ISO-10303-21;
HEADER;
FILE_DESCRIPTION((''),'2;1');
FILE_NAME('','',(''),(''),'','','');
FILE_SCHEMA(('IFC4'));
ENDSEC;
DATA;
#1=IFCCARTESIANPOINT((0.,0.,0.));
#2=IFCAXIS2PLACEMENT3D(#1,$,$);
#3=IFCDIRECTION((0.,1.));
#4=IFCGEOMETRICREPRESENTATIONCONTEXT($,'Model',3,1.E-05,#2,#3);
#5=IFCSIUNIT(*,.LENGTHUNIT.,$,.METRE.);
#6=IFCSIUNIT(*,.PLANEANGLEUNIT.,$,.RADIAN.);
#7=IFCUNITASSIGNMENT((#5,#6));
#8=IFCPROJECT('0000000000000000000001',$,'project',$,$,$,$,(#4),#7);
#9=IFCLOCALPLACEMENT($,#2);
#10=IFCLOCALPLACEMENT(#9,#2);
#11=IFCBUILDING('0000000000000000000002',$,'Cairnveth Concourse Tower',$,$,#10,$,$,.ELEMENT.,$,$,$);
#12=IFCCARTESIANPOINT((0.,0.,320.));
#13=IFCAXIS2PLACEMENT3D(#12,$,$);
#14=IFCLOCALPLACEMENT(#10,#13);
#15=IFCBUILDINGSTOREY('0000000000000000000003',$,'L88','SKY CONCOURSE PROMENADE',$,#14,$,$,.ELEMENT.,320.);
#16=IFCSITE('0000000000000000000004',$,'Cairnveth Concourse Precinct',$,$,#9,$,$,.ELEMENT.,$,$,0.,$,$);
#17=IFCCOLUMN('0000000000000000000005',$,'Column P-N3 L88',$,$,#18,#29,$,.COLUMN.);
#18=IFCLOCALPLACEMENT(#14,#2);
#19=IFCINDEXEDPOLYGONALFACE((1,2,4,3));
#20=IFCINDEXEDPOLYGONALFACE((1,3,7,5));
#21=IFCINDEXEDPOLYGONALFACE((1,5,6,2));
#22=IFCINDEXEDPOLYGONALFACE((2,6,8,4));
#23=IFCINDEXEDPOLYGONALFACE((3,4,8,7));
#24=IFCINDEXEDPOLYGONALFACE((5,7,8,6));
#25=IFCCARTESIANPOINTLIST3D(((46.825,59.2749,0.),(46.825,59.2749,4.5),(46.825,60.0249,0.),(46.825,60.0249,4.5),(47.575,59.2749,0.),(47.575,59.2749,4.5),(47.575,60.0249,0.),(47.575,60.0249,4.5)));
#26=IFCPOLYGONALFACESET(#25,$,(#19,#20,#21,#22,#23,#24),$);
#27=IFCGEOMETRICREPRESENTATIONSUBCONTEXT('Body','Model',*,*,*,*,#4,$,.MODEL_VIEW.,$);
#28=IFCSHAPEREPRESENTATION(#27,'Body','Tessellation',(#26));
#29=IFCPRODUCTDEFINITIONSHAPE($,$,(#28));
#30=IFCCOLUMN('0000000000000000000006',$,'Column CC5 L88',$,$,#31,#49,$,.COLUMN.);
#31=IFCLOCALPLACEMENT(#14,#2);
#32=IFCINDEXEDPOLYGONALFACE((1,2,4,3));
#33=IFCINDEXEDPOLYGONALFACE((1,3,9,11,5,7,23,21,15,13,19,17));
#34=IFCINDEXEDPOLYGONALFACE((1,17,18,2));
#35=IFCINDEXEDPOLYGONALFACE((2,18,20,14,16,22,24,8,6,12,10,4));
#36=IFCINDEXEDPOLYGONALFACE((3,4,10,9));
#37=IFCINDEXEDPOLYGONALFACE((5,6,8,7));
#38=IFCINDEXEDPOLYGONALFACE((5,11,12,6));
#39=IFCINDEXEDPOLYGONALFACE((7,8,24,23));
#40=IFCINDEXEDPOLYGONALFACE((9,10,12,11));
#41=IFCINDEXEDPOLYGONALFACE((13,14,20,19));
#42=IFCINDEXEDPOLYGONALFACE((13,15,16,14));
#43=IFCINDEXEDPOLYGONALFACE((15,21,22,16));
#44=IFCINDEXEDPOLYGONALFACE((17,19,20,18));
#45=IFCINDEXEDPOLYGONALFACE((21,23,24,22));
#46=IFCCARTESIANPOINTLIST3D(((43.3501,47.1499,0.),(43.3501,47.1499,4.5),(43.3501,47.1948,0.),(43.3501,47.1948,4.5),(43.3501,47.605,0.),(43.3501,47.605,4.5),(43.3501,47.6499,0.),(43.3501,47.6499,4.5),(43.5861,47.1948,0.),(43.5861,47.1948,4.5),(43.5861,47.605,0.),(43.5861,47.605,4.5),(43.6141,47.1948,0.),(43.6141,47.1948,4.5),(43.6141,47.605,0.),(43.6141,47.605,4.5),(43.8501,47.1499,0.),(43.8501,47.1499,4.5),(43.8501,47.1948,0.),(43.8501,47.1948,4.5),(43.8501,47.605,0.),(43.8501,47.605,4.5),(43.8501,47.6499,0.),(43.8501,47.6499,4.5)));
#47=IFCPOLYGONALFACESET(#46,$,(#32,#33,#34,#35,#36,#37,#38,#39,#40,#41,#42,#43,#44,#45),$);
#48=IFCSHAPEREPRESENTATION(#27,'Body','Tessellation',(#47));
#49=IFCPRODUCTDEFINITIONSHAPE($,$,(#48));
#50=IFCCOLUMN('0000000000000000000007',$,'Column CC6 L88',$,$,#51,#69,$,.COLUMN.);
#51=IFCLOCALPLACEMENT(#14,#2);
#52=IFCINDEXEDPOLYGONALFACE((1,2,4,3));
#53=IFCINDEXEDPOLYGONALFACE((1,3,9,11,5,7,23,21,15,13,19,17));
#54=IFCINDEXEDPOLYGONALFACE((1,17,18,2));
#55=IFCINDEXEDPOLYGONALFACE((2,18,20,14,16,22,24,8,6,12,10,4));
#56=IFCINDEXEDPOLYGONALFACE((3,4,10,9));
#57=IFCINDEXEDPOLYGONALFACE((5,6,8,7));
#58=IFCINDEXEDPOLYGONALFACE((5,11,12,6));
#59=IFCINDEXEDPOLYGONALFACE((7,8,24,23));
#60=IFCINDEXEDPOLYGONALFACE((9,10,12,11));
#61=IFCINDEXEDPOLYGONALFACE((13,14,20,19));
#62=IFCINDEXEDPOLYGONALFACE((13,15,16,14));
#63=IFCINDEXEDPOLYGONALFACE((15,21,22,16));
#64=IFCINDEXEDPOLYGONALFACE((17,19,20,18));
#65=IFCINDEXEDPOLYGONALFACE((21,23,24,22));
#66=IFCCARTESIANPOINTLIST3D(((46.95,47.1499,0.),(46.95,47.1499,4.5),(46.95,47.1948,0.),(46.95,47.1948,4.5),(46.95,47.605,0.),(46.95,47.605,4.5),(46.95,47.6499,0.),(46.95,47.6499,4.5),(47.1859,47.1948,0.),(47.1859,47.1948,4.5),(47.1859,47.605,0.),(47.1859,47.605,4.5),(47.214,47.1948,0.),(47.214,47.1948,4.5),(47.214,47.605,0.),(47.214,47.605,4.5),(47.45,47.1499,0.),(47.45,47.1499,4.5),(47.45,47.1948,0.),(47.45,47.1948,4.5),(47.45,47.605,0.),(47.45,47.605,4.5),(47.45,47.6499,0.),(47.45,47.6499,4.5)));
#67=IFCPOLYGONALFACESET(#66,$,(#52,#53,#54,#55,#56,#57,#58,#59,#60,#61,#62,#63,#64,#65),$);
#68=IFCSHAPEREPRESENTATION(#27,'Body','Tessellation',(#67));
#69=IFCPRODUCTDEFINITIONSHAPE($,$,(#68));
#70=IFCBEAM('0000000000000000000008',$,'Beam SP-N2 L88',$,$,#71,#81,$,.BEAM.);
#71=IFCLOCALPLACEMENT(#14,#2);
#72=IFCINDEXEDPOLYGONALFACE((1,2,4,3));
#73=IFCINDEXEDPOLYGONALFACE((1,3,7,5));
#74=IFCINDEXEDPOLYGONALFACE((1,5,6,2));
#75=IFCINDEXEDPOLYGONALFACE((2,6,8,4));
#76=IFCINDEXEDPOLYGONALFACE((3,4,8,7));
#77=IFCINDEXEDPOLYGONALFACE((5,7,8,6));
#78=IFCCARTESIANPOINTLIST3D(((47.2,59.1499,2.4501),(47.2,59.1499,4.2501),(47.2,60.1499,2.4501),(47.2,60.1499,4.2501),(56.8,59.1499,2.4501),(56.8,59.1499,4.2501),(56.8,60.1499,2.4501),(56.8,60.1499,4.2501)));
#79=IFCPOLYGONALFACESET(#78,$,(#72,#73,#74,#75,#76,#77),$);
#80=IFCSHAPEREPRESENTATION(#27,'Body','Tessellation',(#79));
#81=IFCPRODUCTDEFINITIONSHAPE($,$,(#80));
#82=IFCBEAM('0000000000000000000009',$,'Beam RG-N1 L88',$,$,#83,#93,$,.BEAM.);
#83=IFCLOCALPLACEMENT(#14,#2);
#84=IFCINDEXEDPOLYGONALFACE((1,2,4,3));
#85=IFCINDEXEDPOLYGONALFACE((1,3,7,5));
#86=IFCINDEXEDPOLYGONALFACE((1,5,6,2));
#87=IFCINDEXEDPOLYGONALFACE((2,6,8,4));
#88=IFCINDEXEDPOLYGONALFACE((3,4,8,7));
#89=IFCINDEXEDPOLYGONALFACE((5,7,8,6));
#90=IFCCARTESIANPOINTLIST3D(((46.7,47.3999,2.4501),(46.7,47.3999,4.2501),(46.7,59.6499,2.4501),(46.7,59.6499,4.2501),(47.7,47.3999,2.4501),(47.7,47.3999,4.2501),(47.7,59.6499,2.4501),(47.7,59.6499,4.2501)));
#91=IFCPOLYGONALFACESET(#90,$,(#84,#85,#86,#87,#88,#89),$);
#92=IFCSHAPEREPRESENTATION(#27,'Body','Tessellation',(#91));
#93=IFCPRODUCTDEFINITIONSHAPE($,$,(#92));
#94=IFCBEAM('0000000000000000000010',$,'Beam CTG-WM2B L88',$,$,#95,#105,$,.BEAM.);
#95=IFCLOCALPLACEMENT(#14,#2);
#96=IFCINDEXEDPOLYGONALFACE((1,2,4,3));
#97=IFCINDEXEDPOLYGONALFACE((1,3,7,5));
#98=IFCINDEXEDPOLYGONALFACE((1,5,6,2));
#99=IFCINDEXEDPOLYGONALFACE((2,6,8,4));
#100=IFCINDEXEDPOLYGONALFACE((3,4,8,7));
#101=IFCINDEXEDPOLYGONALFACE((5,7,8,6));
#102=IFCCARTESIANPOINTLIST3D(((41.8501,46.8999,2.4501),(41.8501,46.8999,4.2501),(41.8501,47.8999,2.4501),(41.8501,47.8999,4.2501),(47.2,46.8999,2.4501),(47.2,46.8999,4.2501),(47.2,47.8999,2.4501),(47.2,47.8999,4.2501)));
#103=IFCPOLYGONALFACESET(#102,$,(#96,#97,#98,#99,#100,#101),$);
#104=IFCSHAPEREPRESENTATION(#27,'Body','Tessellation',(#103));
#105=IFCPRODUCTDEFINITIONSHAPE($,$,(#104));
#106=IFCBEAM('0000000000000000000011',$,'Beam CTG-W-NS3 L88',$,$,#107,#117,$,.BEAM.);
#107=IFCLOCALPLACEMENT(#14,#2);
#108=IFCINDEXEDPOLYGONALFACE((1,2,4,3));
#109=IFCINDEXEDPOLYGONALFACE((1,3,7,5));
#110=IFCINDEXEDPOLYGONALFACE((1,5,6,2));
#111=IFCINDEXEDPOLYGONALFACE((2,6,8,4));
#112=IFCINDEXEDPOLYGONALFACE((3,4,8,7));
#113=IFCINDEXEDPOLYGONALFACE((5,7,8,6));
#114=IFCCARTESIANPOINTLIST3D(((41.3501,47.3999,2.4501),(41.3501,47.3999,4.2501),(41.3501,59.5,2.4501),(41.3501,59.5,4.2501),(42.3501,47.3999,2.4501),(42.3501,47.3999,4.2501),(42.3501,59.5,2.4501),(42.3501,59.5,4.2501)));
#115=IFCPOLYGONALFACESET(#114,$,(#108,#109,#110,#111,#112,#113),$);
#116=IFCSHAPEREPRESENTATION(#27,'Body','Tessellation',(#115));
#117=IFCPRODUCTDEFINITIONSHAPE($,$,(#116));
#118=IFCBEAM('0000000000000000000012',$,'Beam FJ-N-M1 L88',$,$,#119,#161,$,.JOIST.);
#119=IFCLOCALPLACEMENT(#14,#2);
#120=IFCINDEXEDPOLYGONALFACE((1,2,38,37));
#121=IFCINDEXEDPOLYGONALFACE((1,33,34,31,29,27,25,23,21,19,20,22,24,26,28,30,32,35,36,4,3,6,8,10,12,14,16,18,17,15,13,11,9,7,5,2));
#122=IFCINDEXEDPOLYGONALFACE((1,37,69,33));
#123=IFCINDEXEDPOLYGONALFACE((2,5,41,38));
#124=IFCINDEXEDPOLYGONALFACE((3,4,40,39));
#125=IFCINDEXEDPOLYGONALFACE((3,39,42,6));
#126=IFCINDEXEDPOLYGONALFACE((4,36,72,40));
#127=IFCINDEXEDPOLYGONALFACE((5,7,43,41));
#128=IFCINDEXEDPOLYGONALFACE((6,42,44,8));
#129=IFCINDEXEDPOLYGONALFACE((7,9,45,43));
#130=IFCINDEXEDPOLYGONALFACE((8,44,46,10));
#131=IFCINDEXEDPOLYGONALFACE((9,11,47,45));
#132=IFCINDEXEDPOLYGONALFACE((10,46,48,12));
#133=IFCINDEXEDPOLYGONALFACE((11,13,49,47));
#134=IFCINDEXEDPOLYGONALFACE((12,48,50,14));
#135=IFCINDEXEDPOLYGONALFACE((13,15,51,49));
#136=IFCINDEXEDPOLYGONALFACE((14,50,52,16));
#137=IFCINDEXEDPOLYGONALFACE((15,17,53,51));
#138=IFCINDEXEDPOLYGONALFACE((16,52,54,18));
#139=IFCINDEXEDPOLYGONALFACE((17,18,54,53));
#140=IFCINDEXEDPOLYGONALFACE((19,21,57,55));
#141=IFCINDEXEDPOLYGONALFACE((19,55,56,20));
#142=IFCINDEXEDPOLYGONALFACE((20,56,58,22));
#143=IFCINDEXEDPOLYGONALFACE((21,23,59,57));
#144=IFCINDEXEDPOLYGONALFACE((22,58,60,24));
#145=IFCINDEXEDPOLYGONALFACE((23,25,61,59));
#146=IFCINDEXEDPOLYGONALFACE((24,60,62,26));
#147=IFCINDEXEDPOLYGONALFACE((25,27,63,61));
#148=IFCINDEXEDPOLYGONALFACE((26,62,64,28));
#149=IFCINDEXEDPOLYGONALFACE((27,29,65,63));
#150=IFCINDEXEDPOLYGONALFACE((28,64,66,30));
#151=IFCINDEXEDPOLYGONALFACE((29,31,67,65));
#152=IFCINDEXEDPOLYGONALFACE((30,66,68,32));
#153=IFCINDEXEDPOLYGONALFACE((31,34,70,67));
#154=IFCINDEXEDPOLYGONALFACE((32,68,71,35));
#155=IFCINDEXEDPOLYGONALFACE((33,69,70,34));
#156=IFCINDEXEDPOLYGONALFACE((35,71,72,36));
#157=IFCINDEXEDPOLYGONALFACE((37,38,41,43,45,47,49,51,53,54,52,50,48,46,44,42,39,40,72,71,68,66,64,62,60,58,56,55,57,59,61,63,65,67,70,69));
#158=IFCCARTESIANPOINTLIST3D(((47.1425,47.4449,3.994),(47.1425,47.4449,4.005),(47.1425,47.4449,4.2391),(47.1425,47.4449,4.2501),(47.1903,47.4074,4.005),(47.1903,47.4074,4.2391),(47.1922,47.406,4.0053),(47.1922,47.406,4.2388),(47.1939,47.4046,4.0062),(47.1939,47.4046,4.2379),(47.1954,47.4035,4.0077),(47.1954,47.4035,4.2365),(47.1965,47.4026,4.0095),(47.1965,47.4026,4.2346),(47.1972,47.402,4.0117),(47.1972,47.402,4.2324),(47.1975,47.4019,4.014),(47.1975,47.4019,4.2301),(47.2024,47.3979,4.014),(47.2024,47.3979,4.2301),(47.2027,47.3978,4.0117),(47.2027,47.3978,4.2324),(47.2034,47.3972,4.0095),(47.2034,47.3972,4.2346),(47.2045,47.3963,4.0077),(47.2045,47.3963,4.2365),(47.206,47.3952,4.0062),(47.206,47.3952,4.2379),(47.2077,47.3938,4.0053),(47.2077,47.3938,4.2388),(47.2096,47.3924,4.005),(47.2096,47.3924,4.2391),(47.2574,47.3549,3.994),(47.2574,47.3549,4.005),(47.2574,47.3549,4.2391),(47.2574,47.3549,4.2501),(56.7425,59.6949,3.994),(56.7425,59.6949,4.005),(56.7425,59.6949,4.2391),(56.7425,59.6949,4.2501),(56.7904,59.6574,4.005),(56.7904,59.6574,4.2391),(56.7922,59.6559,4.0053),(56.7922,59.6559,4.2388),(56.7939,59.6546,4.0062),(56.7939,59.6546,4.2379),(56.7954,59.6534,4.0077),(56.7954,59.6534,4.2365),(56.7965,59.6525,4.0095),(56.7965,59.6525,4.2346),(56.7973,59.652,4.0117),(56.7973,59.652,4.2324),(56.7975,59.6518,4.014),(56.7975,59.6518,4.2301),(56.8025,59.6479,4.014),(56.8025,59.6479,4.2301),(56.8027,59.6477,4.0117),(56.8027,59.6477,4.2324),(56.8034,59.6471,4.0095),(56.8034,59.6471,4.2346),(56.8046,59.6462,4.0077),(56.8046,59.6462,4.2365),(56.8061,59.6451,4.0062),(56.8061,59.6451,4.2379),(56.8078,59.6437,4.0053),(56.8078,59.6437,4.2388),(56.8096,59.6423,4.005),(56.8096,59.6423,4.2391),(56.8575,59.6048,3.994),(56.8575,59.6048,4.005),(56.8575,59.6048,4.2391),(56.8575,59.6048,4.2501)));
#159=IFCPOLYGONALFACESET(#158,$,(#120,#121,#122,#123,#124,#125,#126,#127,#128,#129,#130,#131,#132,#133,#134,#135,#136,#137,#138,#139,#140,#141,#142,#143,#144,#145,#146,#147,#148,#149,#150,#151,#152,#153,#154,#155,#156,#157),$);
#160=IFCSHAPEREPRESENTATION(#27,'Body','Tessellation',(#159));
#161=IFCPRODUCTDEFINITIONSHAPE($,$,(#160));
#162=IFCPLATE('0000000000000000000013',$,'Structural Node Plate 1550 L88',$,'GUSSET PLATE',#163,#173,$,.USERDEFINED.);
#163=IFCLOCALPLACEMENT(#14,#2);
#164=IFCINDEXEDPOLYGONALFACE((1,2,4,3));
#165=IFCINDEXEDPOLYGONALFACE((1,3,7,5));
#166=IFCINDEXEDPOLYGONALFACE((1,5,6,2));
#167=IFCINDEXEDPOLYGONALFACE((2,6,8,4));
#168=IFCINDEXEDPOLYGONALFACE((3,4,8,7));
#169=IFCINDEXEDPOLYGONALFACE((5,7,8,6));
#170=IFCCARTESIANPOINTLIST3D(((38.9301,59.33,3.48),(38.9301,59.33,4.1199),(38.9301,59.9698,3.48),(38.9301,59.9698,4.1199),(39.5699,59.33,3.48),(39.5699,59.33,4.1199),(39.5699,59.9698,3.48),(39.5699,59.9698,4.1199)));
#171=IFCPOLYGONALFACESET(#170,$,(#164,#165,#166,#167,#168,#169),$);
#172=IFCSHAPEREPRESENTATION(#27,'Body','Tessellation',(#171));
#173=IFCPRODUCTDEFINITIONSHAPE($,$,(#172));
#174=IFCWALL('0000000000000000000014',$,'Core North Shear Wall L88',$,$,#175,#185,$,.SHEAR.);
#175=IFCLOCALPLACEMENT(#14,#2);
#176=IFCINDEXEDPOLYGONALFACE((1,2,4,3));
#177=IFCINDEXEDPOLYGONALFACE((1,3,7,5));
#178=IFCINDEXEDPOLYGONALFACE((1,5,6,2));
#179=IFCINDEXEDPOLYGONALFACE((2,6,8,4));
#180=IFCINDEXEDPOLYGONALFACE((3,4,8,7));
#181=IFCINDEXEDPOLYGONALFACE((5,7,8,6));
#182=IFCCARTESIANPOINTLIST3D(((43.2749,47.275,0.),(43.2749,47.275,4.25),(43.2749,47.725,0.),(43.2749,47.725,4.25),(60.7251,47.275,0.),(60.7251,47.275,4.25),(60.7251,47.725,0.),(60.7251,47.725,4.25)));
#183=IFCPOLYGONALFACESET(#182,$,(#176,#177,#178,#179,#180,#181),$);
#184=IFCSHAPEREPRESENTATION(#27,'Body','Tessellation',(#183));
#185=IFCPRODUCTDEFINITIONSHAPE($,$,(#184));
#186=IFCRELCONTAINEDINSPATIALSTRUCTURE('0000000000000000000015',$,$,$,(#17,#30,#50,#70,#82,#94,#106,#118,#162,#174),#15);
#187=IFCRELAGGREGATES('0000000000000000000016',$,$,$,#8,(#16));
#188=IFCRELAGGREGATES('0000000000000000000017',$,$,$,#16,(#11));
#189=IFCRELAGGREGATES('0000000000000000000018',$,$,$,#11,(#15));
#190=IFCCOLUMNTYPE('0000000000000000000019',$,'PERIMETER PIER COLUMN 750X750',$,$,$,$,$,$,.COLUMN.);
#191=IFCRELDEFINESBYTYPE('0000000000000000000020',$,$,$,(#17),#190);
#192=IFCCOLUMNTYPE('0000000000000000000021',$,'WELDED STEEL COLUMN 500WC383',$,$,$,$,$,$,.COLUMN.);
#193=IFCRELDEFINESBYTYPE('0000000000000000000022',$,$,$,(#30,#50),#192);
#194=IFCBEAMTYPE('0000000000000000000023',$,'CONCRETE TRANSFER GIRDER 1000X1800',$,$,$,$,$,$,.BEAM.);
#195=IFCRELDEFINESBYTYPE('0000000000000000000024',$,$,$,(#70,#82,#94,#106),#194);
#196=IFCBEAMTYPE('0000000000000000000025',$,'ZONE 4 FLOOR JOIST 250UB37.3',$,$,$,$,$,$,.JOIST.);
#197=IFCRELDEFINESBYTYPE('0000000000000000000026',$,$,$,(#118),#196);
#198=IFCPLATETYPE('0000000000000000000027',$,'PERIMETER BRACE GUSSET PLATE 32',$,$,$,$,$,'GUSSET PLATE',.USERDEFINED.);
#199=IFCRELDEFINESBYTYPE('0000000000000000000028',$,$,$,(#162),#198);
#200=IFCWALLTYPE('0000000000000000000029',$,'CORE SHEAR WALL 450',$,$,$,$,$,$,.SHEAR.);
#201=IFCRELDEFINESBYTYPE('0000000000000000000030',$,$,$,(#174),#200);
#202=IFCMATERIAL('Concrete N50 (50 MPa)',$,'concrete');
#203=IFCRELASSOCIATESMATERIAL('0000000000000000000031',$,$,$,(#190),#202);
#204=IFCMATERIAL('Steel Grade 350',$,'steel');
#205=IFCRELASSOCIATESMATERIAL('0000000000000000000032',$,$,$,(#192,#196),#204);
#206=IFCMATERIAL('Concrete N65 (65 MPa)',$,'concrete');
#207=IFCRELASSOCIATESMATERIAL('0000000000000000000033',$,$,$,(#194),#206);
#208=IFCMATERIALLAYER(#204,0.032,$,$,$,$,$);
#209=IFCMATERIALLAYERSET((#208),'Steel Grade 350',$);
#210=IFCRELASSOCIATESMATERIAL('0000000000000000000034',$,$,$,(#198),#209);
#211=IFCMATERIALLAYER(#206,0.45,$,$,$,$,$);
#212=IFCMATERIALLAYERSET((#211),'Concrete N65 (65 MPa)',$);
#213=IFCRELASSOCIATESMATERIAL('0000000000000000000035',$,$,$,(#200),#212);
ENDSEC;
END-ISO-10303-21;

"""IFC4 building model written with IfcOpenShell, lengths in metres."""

from ifc_helpers import new_model, si_unit, direction, frame, frame_2d, origin, origin_2d, place, context, subcontext, project, spatial, rectangle, i_section, extrude, material, layer, layer_set, material_profile, profile_set, type_object, element, save


model = new_model("IFC4")

# Units and contexts
model_context = context("Model", 3, precision=1e-05, world=origin(), true_north=direction((0.0, 1.0)))
body_context = subcontext(model_context, "Body", "Model", "MODEL_VIEW")
ifc_project = project(units=[si_unit("LENGTHUNIT", "METRE"), si_unit("PLANEANGLEUNIT", "RADIAN")], contexts=[model_context])

# Site, building, storey
site_placement = place(None, origin())
site = spatial("IfcSite", under=ifc_project, at=site_placement, Name="Cairnveth Concourse Precinct", CompositionType="ELEMENT", RefElevation=0.0)
building_placement = place(site_placement, origin())
building = spatial("IfcBuilding", under=site, at=building_placement, Name="Cairnveth Concourse Tower", CompositionType="ELEMENT")
storey_placement = place(building_placement, frame((0.0, 0.0, 320.0)))
storey = spatial("IfcBuildingStorey", under=building, at=storey_placement, Name="L88", Description="SKY CONCOURSE PROMENADE", CompositionType="ELEMENT", Elevation=320.0)

# Columns
ifc_material_1 = material(Name="Concrete N50 (50 MPa)", Category="concrete")
ifc_material_profile_1 = material_profile(ifc_material_1, rectangle(XDim=0.75, YDim=0.75, at=origin_2d()), Name="RC-COL-750x750")
ifc_profile_set_1 = profile_set([ifc_material_profile_1], Name="Concrete N50 (50 MPa)")
column_type_1 = type_object("IfcColumnType", Name="PERIMETER PIER COLUMN 750X750", PredefinedType="COLUMN", material=ifc_profile_set_1)
column_placement = place(storey_placement, frame((47.2, 59.6499, 0.0), z_axis=(0.0, 0.0, 1.0), x_axis=(1.0, 0.0, 0.0)))
element("IfcColumn", 1, at=column_placement, inside=storey, type_object=column_type_1, Name="Column P-N3 L88", PredefinedType="COLUMN", context=body_context, shape_type="SweptSolid", body=[
    extrude(rectangle(XDim=0.75, YDim=0.75, at=origin_2d()), origin(), (0.0, 0.0, 1.0), 4.5),
])
ifc_material_2 = material(Name="Steel Grade 350", Category="steel")
ifc_material_profile_2 = material_profile(ifc_material_2, i_section(OverallWidth=0.5, OverallDepth=0.5, WebThickness=0.0281, FlangeThickness=0.0449, at=origin_2d()), Name="500WC383")
ifc_profile_set_2 = profile_set([ifc_material_profile_2], Name="Steel Grade 350")
column_type_2 = type_object("IfcColumnType", Name="WELDED STEEL COLUMN 500WC383", PredefinedType="COLUMN", material=ifc_profile_set_2)
for number, where, z_axis, x_axis, name in (
    (2, (43.6001, 47.3999, 0.0), (0.0, 0.0, 1.0), (1.0, 0.0, 0.0), "Column CC5 L88"),
    (3, (47.2, 47.3999, 0.0), (0.0, 0.0, 1.0), (1.0, 0.0, 0.0), "Column CC6 L88"),
):
    element("IfcColumn", number, at=place(storey_placement, frame(where, z_axis=z_axis, x_axis=x_axis)), inside=storey, type_object=column_type_2, Name=name, PredefinedType="COLUMN", context=body_context, shape_type="SweptSolid", body=[
        extrude(i_section(OverallWidth=0.5, OverallDepth=0.5, WebThickness=0.0281, FlangeThickness=0.0449, at=origin_2d()), origin(), (0.0, 0.0, 1.0), 4.5),
    ])

# Beams
ifc_material_3 = material(Name="Concrete N65 (65 MPa)", Category="concrete")
ifc_material_profile_3 = material_profile(ifc_material_3, rectangle(XDim=1.0, YDim=1.8, at=origin_2d()), Name="RC-TB-1000x1800")
ifc_profile_set_3 = profile_set([ifc_material_profile_3], Name="Concrete N65 (65 MPa)")
beam_type_1 = type_object("IfcBeamType", Name="CONCRETE TRANSFER GIRDER 1000X1800", PredefinedType="BEAM", material=ifc_profile_set_3)
beam_1_placement = place(storey_placement, frame((47.2, 59.6499, 3.3501), z_axis=(1.0, 0.0, 0.0), x_axis=(0.0, 1.0, 0.0)))
element("IfcBeam", 4, at=beam_1_placement, inside=storey, type_object=beam_type_1, Name="Beam SP-N2 L88", PredefinedType="BEAM", context=body_context, shape_type="SweptSolid", body=[
    extrude(rectangle(XDim=1.0, YDim=1.8, at=origin_2d()), origin(), (0.0, 0.0, 1.0), 9.6001),
])
beam_2_placement = place(storey_placement, frame((47.2, 47.3999, 3.3501), z_axis=(0.0, 1.0, 0.0), x_axis=(-1.0, 0.0, 0.0)))
element("IfcBeam", 5, at=beam_2_placement, inside=storey, type_object=beam_type_1, Name="Beam RG-N1 L88", PredefinedType="BEAM", context=body_context, shape_type="SweptSolid", body=[
    extrude(rectangle(XDim=1.0, YDim=1.8, at=origin_2d()), origin(), (0.0, 0.0, 1.0), 12.25),
])
beam_3_placement = place(storey_placement, frame((41.8501, 47.3999, 3.3501), z_axis=(1.0, 0.0, 0.0), x_axis=(0.0, 1.0, 0.0)))
element("IfcBeam", 6, at=beam_3_placement, inside=storey, type_object=beam_type_1, Name="Beam CTG-WM2B L88", PredefinedType="BEAM", context=body_context, shape_type="SweptSolid", body=[
    extrude(rectangle(XDim=1.0, YDim=1.8, at=origin_2d()), origin(), (0.0, 0.0, 1.0), 5.3499),
])
beam_4_placement = place(storey_placement, frame((41.8501, 47.3999, 3.3501), z_axis=(0.0, 1.0, 0.0), x_axis=(-1.0, 0.0, 0.0)))
element("IfcBeam", 7, at=beam_4_placement, inside=storey, type_object=beam_type_1, Name="Beam CTG-W-NS3 L88", PredefinedType="BEAM", context=body_context, shape_type="SweptSolid", body=[
    extrude(rectangle(XDim=1.0, YDim=1.8, at=origin_2d()), origin(), (0.0, 0.0, 1.0), 12.1001),
])
ifc_material_profile_4 = material_profile(ifc_material_2, i_section(OverallWidth=0.146, OverallDepth=0.2561, WebThickness=0.0063, FlangeThickness=0.011, FilletRadius=0.009, at=origin_2d()), Name="250UB37.3")
ifc_profile_set_4 = profile_set([ifc_material_profile_4], Name="Steel Grade 350")
beam_type_2 = type_object("IfcBeamType", Name="ZONE 4 FLOOR JOIST 250UB37.3", PredefinedType="JOIST", material=ifc_profile_set_4)
beam_5_placement = place(storey_placement, frame((47.2, 47.3999, 4.1221), z_axis=(0.616832, 0.787095, 0.0), x_axis=(-0.787095, 0.616832, 0.0)))
element("IfcBeam", 8, at=beam_5_placement, inside=storey, type_object=beam_type_2, Name="Beam FJ-N-M1 L88", PredefinedType="JOIST", context=body_context, shape_type="SweptSolid", body=[
    extrude(i_section(OverallWidth=0.146, OverallDepth=0.2561, WebThickness=0.0063, FlangeThickness=0.011, FilletRadius=0.009, at=origin_2d()), origin(), (0.0, 0.0, 1.0), 15.5635),
])

# Plate
ifc_layer_1 = layer(ifc_material_2, 0.032)
ifc_layer_set_1 = layer_set([ifc_layer_1], Name="Steel Grade 350")
plate_type = type_object("IfcPlateType", Name="PERIMETER BRACE GUSSET PLATE 32", ElementType="GUSSET PLATE", PredefinedType="USERDEFINED", material=ifc_layer_set_1)
plate_placement = place(storey_placement, frame((39.25, 59.6499, 3.48), z_axis=(0.0, 0.0, 1.0), x_axis=(1.0, 0.0, 0.0)))
element("IfcPlate", 9, at=plate_placement, inside=storey, type_object=plate_type, Name="Structural Node Plate 1550 L88", ObjectType="GUSSET PLATE", PredefinedType="USERDEFINED", context=body_context, shape_type="SweptSolid", body=[
    extrude(rectangle(XDim=0.6399, YDim=0.6399, at=origin_2d()), origin(), (0.0, 0.0, 1.0), 0.6399),
])

# Wall
ifc_layer_2 = layer(ifc_material_3, 0.45)
ifc_layer_set_2 = layer_set([ifc_layer_2], Name="Concrete N65 (65 MPa)")
wall_type_1 = type_object("IfcWallType", Name="CORE SHEAR WALL 450", PredefinedType="SHEAR", material=ifc_layer_set_2)
wall_1_placement = place(storey_placement, frame((43.2749, 47.5, 0.0), z_axis=(0.0, 0.0, 1.0), x_axis=(1.0, 0.0, 0.0)))
element("IfcWall", 10, at=wall_1_placement, inside=storey, type_object=wall_type_1, Name="Core North Shear Wall L88", PredefinedType="SHEAR", context=body_context, shape_type="SweptSolid", body=[
    extrude(rectangle(XDim=17.4502, YDim=0.45, at=frame_2d((8.7251, 0.0))), origin(), (0.0, 0.0, 1.0), 4.25),
])

save(model, "model.ifc")
